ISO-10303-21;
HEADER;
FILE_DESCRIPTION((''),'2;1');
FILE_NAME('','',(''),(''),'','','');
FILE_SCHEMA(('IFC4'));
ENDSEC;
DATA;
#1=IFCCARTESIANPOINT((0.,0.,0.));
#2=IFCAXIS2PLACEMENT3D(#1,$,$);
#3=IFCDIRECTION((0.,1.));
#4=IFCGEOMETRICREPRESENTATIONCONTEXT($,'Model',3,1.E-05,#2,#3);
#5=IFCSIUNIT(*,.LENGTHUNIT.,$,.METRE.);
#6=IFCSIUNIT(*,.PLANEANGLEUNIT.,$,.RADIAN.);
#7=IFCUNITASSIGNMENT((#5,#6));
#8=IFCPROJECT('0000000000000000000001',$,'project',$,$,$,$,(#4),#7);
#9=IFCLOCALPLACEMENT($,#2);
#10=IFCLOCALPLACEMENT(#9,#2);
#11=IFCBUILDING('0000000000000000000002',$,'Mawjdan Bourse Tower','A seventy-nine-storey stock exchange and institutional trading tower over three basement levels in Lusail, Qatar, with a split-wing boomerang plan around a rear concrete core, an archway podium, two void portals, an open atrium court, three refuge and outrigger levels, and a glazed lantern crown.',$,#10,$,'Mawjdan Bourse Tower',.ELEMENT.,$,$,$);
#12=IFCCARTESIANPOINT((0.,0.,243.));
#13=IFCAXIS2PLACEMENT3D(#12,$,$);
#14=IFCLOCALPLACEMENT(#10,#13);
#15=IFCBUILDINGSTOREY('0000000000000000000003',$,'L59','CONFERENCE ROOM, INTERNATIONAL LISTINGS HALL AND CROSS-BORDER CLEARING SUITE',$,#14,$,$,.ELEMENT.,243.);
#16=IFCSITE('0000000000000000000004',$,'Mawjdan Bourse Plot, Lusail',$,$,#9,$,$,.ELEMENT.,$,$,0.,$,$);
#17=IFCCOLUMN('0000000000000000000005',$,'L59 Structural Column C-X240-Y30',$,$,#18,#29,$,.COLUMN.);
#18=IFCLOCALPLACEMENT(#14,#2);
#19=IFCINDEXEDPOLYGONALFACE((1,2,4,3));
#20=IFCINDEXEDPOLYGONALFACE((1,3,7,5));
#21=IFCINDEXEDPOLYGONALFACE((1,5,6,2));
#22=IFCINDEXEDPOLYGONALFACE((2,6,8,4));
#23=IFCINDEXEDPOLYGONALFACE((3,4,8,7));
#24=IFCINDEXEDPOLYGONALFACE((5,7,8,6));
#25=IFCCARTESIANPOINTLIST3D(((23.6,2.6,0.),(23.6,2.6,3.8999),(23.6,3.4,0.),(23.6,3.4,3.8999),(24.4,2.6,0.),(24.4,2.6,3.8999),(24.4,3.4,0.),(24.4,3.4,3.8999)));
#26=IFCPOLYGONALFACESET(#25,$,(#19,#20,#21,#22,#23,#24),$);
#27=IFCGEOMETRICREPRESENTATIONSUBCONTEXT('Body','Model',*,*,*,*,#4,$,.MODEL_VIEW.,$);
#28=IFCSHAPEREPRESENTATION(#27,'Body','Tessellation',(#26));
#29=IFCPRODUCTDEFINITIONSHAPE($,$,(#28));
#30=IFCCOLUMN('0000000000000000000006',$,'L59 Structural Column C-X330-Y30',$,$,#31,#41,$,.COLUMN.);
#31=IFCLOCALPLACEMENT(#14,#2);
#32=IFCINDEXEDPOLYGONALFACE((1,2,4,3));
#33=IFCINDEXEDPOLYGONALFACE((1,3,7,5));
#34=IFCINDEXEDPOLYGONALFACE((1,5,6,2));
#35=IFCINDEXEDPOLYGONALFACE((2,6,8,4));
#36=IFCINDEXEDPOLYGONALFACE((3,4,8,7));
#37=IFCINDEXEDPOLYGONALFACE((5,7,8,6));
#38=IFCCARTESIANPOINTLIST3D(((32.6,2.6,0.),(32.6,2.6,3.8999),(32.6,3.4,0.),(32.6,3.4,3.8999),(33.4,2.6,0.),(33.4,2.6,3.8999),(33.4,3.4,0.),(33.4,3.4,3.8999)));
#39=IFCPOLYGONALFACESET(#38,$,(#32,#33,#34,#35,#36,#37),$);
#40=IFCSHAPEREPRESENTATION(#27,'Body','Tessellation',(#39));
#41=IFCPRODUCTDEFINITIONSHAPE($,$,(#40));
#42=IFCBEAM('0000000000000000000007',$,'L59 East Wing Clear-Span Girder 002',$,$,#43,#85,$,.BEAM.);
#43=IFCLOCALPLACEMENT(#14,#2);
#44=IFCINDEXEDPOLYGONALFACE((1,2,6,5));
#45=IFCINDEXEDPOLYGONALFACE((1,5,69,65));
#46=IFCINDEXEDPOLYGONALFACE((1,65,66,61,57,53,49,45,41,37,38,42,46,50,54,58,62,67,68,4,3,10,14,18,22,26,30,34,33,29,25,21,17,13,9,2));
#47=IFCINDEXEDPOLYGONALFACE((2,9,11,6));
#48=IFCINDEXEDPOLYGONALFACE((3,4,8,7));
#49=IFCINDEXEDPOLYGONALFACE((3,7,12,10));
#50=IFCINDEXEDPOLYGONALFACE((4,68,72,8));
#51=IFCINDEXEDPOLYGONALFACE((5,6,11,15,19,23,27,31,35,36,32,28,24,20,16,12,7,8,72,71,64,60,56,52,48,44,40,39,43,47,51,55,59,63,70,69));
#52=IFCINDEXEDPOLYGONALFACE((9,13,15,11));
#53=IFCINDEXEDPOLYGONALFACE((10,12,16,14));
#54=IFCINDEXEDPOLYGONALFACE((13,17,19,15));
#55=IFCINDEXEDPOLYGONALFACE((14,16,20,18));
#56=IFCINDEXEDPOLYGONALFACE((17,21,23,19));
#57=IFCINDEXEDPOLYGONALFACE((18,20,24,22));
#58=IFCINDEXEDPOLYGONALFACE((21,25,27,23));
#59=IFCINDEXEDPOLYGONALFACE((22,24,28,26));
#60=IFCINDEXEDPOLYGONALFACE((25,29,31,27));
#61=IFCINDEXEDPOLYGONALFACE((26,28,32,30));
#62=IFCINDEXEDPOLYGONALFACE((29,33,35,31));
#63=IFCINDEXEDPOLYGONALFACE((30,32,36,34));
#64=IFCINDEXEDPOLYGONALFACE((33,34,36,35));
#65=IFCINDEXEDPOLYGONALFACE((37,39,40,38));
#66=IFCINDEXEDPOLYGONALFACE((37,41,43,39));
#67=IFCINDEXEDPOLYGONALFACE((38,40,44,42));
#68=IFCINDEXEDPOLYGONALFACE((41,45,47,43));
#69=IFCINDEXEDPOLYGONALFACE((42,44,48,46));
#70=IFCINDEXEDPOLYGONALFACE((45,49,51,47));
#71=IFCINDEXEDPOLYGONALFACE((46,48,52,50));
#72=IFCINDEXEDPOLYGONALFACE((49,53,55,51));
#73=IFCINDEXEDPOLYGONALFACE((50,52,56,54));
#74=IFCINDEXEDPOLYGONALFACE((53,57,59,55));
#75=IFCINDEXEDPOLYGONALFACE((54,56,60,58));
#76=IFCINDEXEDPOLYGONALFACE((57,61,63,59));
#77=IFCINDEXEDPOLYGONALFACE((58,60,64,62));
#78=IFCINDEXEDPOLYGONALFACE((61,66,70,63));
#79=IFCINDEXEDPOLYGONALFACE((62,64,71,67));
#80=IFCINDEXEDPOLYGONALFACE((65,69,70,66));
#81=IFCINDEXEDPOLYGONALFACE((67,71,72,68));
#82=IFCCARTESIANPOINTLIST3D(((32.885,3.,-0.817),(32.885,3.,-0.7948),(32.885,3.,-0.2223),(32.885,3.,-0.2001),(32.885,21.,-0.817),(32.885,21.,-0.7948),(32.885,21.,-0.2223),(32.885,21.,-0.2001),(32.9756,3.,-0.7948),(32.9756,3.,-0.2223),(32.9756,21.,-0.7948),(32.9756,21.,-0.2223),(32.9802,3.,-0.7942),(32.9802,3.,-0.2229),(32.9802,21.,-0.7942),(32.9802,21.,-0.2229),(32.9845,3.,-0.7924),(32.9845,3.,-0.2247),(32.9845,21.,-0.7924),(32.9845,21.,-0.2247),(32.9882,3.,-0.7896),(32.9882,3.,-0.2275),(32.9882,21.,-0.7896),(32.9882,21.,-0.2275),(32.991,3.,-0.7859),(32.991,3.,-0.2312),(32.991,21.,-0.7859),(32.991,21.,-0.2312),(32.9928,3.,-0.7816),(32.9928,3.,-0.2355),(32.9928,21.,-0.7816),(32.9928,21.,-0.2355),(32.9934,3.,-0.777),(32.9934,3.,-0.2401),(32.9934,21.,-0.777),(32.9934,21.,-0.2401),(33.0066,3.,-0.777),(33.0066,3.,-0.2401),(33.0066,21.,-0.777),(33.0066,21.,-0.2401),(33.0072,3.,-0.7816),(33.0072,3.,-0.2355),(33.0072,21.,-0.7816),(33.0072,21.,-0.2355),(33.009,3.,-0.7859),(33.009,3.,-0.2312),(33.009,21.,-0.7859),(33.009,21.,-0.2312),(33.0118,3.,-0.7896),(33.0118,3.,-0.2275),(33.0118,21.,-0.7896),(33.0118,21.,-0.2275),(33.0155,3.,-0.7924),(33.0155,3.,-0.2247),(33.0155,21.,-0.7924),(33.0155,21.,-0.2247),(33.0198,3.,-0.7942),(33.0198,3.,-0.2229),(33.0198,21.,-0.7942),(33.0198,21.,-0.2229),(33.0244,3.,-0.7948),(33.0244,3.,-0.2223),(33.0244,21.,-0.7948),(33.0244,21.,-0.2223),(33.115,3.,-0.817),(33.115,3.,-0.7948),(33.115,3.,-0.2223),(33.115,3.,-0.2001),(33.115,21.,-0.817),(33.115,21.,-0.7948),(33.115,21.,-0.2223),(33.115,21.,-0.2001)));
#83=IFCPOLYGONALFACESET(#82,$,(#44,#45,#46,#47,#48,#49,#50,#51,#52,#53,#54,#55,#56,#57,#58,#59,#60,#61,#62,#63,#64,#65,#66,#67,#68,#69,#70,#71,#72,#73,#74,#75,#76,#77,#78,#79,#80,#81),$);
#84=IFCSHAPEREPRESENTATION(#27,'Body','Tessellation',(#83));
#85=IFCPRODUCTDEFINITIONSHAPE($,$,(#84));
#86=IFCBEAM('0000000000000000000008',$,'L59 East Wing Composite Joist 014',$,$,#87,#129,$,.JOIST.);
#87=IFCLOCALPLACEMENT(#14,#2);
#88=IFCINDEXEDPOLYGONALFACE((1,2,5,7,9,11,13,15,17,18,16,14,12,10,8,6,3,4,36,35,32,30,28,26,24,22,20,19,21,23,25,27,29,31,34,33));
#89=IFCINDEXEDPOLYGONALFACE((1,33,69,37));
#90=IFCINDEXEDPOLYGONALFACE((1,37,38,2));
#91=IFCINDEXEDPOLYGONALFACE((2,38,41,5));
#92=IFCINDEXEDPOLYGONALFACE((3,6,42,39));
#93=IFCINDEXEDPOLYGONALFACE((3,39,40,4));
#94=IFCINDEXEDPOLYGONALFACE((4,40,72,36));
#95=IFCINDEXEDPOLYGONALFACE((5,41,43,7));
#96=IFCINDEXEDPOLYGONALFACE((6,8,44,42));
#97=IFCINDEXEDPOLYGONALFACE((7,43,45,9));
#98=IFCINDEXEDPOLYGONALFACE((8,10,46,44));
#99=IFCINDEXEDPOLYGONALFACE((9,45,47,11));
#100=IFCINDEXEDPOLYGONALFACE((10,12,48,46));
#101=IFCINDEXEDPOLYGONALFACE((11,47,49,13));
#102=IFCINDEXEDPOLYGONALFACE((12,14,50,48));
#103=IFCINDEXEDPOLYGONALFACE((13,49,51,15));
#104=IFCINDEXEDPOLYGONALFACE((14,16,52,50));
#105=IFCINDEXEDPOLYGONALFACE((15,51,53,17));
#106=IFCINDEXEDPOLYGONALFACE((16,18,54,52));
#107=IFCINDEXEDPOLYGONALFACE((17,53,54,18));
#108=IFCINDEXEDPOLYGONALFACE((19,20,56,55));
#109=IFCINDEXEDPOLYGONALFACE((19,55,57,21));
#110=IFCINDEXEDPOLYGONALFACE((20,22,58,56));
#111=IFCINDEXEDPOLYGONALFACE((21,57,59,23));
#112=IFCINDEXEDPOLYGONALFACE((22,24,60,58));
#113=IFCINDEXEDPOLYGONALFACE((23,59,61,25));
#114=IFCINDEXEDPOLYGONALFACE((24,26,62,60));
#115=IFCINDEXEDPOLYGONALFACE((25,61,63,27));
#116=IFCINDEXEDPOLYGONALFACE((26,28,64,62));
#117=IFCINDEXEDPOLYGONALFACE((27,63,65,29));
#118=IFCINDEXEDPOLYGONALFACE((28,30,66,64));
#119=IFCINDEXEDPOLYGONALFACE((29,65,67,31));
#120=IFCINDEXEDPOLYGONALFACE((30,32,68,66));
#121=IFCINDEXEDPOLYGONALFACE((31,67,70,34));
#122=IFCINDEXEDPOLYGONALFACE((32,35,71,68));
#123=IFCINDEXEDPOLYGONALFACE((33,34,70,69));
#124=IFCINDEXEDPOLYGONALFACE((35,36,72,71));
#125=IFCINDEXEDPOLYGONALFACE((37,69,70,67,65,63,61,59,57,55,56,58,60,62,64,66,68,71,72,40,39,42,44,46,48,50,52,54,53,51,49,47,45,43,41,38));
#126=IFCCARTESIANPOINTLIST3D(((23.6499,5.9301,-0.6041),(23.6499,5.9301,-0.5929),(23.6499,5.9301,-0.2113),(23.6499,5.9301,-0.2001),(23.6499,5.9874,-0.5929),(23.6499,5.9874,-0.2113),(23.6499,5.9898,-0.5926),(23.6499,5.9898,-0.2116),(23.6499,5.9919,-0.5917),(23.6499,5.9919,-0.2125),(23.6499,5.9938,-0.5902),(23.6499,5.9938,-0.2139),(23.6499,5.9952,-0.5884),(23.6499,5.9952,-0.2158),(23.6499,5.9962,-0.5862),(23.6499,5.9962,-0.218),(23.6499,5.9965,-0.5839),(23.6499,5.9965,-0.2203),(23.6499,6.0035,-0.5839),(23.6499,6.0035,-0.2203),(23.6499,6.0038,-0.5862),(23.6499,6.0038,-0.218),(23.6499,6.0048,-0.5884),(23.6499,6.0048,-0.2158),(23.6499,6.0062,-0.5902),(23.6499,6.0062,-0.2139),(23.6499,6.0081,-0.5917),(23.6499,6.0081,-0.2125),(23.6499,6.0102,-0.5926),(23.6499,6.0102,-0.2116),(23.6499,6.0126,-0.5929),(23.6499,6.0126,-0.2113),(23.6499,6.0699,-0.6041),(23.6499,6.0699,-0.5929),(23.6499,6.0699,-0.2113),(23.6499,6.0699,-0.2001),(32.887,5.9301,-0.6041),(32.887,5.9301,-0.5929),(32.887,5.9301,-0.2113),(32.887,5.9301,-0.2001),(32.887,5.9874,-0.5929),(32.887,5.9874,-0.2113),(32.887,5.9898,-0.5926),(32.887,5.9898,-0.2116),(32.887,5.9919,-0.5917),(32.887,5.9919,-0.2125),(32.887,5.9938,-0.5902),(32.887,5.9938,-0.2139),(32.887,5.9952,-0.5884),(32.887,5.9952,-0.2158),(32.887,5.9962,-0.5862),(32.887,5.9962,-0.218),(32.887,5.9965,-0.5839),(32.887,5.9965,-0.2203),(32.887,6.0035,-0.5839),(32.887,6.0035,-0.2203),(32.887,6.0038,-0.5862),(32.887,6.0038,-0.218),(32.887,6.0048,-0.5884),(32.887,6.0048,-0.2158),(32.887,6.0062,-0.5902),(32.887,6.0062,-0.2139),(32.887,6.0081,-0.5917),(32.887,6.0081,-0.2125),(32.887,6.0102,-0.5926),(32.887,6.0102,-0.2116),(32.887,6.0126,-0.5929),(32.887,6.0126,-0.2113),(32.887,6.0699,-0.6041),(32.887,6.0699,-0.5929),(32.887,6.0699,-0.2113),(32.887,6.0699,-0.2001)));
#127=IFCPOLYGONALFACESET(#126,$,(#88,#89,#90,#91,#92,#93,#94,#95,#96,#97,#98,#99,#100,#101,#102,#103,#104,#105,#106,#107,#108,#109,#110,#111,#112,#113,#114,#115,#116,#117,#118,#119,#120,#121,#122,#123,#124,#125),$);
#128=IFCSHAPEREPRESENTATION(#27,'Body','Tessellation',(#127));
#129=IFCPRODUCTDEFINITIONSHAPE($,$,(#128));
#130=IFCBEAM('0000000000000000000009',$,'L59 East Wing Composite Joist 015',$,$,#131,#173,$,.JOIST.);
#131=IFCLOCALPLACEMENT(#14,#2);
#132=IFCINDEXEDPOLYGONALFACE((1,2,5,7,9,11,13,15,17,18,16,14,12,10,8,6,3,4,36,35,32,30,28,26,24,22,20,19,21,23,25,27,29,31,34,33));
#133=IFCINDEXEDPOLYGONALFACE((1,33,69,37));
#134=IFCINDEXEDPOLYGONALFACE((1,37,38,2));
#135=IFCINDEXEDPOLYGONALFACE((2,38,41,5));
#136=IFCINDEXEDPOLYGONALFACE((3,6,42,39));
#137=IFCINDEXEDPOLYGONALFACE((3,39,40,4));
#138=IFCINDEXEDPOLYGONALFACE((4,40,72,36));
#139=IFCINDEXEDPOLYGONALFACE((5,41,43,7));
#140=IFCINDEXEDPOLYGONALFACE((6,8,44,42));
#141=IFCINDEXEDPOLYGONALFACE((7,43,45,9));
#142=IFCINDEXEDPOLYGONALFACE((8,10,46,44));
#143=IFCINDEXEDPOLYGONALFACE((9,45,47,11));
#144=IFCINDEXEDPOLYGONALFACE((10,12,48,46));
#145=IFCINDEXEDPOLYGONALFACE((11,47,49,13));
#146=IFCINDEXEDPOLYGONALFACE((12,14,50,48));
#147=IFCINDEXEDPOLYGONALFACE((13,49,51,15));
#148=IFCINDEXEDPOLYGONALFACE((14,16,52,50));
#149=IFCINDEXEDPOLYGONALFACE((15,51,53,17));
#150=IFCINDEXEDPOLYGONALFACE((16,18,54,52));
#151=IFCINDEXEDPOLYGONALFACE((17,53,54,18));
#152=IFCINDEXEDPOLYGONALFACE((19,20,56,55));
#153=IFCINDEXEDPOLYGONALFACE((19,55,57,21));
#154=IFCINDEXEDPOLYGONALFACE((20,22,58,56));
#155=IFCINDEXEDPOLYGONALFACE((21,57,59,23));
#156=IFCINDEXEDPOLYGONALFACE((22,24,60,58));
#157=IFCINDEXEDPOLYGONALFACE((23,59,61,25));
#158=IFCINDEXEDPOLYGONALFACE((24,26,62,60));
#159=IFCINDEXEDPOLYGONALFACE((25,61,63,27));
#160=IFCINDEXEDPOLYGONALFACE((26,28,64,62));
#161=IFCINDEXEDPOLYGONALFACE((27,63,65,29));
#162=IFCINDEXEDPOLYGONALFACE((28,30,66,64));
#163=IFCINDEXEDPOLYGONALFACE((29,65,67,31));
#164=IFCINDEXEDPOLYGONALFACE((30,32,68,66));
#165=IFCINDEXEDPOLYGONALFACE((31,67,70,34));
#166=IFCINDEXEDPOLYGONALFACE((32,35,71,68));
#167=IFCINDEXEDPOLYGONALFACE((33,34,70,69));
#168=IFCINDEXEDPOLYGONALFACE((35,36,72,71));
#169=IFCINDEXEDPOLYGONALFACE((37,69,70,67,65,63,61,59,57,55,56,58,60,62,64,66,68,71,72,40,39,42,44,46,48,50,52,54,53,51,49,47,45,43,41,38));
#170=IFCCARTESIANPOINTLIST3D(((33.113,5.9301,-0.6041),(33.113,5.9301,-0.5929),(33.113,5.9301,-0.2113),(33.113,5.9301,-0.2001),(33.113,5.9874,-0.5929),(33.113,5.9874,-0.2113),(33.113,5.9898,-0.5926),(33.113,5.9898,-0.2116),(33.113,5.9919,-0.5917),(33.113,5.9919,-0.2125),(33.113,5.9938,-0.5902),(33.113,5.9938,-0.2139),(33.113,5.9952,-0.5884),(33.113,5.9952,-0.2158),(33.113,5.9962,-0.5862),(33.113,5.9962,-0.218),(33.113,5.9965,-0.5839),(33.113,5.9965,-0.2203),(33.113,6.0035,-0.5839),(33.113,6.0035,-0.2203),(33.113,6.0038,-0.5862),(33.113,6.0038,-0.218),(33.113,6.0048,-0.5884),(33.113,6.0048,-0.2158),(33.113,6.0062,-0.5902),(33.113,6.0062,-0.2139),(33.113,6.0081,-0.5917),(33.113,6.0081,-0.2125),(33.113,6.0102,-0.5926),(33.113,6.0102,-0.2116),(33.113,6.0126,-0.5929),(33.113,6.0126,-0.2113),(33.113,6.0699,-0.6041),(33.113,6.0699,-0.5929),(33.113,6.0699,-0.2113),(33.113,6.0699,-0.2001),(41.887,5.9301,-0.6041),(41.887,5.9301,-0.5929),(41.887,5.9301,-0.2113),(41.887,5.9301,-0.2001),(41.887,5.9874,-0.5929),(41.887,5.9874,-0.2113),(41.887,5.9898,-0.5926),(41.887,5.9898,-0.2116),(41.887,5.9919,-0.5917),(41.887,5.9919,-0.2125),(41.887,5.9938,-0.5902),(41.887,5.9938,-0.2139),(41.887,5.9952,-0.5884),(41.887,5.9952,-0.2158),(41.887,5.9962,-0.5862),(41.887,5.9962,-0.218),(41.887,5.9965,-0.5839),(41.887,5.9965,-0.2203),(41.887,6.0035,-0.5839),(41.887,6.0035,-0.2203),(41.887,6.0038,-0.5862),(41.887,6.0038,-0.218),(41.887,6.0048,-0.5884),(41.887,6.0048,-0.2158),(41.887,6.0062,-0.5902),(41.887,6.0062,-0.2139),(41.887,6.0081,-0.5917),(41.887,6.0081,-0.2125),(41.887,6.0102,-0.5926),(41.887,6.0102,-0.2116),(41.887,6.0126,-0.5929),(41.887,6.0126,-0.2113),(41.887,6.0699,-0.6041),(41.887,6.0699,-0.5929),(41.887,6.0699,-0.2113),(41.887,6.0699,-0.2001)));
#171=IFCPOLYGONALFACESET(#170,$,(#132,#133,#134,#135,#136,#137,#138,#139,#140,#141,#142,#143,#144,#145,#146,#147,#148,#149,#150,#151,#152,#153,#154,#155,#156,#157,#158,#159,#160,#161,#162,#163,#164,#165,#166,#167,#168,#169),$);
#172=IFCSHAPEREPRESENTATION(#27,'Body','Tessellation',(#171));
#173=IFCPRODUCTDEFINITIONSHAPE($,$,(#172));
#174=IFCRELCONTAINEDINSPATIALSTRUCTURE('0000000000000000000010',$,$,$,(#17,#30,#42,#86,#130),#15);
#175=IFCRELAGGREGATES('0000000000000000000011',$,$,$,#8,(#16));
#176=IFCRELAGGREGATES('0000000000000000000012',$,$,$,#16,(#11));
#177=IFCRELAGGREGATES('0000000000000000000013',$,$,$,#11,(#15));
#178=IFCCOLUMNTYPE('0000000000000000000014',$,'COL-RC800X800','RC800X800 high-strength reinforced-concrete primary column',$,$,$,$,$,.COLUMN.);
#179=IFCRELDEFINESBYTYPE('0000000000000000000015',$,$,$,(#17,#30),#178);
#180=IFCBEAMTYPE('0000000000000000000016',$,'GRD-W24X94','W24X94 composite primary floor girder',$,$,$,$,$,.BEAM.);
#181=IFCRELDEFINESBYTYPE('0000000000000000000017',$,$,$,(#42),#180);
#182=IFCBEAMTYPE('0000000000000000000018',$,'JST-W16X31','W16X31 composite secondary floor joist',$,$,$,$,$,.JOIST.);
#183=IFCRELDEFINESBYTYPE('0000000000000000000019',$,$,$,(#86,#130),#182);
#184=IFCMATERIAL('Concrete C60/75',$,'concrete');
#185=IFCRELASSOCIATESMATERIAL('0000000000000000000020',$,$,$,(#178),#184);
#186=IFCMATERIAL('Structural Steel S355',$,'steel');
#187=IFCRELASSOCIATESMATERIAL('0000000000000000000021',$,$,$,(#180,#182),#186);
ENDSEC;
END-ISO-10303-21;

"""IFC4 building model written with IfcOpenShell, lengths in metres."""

from ifc_helpers import new_model, si_unit, direction, frame, origin, origin_2d, place, context, subcontext, project, spatial, rectangle, i_section, extrude, material, material_profile, profile_set, type_object, element, save


model = new_model("IFC4")

# Units and contexts
model_context = context("Model", 3, precision=1e-05, world=origin(), true_north=direction((0.0, 1.0)))
body_context = subcontext(model_context, "Body", "Model", "MODEL_VIEW")
ifc_project = project(units=[si_unit("LENGTHUNIT", "METRE"), si_unit("PLANEANGLEUNIT", "RADIAN")], contexts=[model_context])

# Site, building, storey
site_placement = place(None, origin())
site = spatial("IfcSite", under=ifc_project, at=site_placement, Name="Mawjdan Bourse Plot, Lusail", CompositionType="ELEMENT", RefElevation=0.0)
building_placement = place(site_placement, origin())
building = spatial("IfcBuilding", under=site, at=building_placement, Name="Mawjdan Bourse Tower", Description="A seventy-nine-storey stock exchange and institutional trading tower over three basement levels in Lusail, Qatar, with a split-wing boomerang plan around a rear concrete core, an archway podium, two void portals, an open atrium court, three refuge and outrigger levels, and a glazed lantern crown.", LongName="Mawjdan Bourse Tower", CompositionType="ELEMENT")
storey_placement = place(building_placement, frame((0.0, 0.0, 243.0)))
storey = spatial("IfcBuildingStorey", under=building, at=storey_placement, Name="L59", Description="CONFERENCE ROOM, INTERNATIONAL LISTINGS HALL AND CROSS-BORDER CLEARING SUITE", CompositionType="ELEMENT", Elevation=243.0)

# Columns
ifc_material_1 = material(Name="Concrete C60/75", Category="concrete")
ifc_material_profile_1 = material_profile(ifc_material_1, rectangle(XDim=0.8, YDim=0.8, at=origin_2d()), Name="RC800X800")
ifc_profile_set_1 = profile_set([ifc_material_profile_1], Name="Concrete C60/75")
column_type = type_object("IfcColumnType", Name="COL-RC800X800", Description="RC800X800 high-strength reinforced-concrete primary column", PredefinedType="COLUMN", material=ifc_profile_set_1)
for number, where, z_axis, x_axis, name in (
    (1, (24.0, 3.0, 0.0), (0.0, 0.0, 1.0), (1.0, 0.0, 0.0), "L59 Structural Column C-X240-Y30"),
    (2, (33.0, 3.0, 0.0), (0.0, 0.0, 1.0), (1.0, 0.0, 0.0), "L59 Structural Column C-X330-Y30"),
):
    element("IfcColumn", number, at=place(storey_placement, frame(where, z_axis=z_axis, x_axis=x_axis)), inside=storey, type_object=column_type, Name=name, PredefinedType="COLUMN", context=body_context, shape_type="SweptSolid", body=[
        extrude(rectangle(XDim=0.8, YDim=0.8, at=origin_2d()), origin(), (0.0, 0.0, 1.0), 3.8999),
    ])

# Beams
ifc_material_2 = material(Name="Structural Steel S355", Category="steel")
ifc_material_profile_2 = material_profile(ifc_material_2, i_section(OverallWidth=0.23, OverallDepth=0.6169, WebThickness=0.0132, FlangeThickness=0.0222, FilletRadius=0.0178, at=origin_2d()), Name="W24X94")
ifc_profile_set_2 = profile_set([ifc_material_profile_2], Name="Structural Steel S355")
beam_type_1 = type_object("IfcBeamType", Name="GRD-W24X94", Description="W24X94 composite primary floor girder", PredefinedType="BEAM", material=ifc_profile_set_2)
beam_1_placement = place(storey_placement, frame((33.0, 3.0, -0.5085), z_axis=(0.0, 1.0, 0.0), x_axis=(-1.0, 0.0, 0.0)))
element("IfcBeam", 3, at=beam_1_placement, inside=storey, type_object=beam_type_1, Name="L59 East Wing Clear-Span Girder 002", PredefinedType="BEAM", context=body_context, shape_type="SweptSolid", body=[
    extrude(i_section(OverallWidth=0.23, OverallDepth=0.6169, WebThickness=0.0132, FlangeThickness=0.0222, FilletRadius=0.0178, at=origin_2d()), origin(), (0.0, 0.0, 1.0), 18.0),
])
ifc_material_profile_3 = material_profile(ifc_material_2, i_section(OverallWidth=0.1399, OverallDepth=0.4041, WebThickness=0.0071, FlangeThickness=0.0112, FilletRadius=0.009, at=origin_2d()), Name="W16X31")
ifc_profile_set_3 = profile_set([ifc_material_profile_3], Name="Structural Steel S355")
beam_type_2 = type_object("IfcBeamType", Name="JST-W16X31", Description="W16X31 composite secondary floor joist", PredefinedType="JOIST", material=ifc_profile_set_3)
beam_2_placement = place(storey_placement, frame((23.6499, 6.0, -0.4021), z_axis=(1.0, 0.0, 0.0), x_axis=(0.0, 1.0, 0.0)))
element("IfcBeam", 4, at=beam_2_placement, inside=storey, type_object=beam_type_2, Name="L59 East Wing Composite Joist 014", PredefinedType="JOIST", context=body_context, shape_type="SweptSolid", body=[
    extrude(i_section(OverallWidth=0.1399, OverallDepth=0.4041, WebThickness=0.0071, FlangeThickness=0.0112, FilletRadius=0.009, at=origin_2d()), origin(), (0.0, 0.0, 1.0), 9.2371),
])
beam_3_placement = place(storey_placement, frame((33.113, 6.0, -0.4021), z_axis=(1.0, 0.0, 0.0), x_axis=(0.0, 1.0, 0.0)))
element("IfcBeam", 5, at=beam_3_placement, inside=storey, type_object=beam_type_2, Name="L59 East Wing Composite Joist 015", PredefinedType="JOIST", context=body_context, shape_type="SweptSolid", body=[
    extrude(i_section(OverallWidth=0.1399, OverallDepth=0.4041, WebThickness=0.0071, FlangeThickness=0.0112, FilletRadius=0.009, at=origin_2d()), origin(), (0.0, 0.0, 1.0), 8.7739),
])

save(model, "model.ifc")
